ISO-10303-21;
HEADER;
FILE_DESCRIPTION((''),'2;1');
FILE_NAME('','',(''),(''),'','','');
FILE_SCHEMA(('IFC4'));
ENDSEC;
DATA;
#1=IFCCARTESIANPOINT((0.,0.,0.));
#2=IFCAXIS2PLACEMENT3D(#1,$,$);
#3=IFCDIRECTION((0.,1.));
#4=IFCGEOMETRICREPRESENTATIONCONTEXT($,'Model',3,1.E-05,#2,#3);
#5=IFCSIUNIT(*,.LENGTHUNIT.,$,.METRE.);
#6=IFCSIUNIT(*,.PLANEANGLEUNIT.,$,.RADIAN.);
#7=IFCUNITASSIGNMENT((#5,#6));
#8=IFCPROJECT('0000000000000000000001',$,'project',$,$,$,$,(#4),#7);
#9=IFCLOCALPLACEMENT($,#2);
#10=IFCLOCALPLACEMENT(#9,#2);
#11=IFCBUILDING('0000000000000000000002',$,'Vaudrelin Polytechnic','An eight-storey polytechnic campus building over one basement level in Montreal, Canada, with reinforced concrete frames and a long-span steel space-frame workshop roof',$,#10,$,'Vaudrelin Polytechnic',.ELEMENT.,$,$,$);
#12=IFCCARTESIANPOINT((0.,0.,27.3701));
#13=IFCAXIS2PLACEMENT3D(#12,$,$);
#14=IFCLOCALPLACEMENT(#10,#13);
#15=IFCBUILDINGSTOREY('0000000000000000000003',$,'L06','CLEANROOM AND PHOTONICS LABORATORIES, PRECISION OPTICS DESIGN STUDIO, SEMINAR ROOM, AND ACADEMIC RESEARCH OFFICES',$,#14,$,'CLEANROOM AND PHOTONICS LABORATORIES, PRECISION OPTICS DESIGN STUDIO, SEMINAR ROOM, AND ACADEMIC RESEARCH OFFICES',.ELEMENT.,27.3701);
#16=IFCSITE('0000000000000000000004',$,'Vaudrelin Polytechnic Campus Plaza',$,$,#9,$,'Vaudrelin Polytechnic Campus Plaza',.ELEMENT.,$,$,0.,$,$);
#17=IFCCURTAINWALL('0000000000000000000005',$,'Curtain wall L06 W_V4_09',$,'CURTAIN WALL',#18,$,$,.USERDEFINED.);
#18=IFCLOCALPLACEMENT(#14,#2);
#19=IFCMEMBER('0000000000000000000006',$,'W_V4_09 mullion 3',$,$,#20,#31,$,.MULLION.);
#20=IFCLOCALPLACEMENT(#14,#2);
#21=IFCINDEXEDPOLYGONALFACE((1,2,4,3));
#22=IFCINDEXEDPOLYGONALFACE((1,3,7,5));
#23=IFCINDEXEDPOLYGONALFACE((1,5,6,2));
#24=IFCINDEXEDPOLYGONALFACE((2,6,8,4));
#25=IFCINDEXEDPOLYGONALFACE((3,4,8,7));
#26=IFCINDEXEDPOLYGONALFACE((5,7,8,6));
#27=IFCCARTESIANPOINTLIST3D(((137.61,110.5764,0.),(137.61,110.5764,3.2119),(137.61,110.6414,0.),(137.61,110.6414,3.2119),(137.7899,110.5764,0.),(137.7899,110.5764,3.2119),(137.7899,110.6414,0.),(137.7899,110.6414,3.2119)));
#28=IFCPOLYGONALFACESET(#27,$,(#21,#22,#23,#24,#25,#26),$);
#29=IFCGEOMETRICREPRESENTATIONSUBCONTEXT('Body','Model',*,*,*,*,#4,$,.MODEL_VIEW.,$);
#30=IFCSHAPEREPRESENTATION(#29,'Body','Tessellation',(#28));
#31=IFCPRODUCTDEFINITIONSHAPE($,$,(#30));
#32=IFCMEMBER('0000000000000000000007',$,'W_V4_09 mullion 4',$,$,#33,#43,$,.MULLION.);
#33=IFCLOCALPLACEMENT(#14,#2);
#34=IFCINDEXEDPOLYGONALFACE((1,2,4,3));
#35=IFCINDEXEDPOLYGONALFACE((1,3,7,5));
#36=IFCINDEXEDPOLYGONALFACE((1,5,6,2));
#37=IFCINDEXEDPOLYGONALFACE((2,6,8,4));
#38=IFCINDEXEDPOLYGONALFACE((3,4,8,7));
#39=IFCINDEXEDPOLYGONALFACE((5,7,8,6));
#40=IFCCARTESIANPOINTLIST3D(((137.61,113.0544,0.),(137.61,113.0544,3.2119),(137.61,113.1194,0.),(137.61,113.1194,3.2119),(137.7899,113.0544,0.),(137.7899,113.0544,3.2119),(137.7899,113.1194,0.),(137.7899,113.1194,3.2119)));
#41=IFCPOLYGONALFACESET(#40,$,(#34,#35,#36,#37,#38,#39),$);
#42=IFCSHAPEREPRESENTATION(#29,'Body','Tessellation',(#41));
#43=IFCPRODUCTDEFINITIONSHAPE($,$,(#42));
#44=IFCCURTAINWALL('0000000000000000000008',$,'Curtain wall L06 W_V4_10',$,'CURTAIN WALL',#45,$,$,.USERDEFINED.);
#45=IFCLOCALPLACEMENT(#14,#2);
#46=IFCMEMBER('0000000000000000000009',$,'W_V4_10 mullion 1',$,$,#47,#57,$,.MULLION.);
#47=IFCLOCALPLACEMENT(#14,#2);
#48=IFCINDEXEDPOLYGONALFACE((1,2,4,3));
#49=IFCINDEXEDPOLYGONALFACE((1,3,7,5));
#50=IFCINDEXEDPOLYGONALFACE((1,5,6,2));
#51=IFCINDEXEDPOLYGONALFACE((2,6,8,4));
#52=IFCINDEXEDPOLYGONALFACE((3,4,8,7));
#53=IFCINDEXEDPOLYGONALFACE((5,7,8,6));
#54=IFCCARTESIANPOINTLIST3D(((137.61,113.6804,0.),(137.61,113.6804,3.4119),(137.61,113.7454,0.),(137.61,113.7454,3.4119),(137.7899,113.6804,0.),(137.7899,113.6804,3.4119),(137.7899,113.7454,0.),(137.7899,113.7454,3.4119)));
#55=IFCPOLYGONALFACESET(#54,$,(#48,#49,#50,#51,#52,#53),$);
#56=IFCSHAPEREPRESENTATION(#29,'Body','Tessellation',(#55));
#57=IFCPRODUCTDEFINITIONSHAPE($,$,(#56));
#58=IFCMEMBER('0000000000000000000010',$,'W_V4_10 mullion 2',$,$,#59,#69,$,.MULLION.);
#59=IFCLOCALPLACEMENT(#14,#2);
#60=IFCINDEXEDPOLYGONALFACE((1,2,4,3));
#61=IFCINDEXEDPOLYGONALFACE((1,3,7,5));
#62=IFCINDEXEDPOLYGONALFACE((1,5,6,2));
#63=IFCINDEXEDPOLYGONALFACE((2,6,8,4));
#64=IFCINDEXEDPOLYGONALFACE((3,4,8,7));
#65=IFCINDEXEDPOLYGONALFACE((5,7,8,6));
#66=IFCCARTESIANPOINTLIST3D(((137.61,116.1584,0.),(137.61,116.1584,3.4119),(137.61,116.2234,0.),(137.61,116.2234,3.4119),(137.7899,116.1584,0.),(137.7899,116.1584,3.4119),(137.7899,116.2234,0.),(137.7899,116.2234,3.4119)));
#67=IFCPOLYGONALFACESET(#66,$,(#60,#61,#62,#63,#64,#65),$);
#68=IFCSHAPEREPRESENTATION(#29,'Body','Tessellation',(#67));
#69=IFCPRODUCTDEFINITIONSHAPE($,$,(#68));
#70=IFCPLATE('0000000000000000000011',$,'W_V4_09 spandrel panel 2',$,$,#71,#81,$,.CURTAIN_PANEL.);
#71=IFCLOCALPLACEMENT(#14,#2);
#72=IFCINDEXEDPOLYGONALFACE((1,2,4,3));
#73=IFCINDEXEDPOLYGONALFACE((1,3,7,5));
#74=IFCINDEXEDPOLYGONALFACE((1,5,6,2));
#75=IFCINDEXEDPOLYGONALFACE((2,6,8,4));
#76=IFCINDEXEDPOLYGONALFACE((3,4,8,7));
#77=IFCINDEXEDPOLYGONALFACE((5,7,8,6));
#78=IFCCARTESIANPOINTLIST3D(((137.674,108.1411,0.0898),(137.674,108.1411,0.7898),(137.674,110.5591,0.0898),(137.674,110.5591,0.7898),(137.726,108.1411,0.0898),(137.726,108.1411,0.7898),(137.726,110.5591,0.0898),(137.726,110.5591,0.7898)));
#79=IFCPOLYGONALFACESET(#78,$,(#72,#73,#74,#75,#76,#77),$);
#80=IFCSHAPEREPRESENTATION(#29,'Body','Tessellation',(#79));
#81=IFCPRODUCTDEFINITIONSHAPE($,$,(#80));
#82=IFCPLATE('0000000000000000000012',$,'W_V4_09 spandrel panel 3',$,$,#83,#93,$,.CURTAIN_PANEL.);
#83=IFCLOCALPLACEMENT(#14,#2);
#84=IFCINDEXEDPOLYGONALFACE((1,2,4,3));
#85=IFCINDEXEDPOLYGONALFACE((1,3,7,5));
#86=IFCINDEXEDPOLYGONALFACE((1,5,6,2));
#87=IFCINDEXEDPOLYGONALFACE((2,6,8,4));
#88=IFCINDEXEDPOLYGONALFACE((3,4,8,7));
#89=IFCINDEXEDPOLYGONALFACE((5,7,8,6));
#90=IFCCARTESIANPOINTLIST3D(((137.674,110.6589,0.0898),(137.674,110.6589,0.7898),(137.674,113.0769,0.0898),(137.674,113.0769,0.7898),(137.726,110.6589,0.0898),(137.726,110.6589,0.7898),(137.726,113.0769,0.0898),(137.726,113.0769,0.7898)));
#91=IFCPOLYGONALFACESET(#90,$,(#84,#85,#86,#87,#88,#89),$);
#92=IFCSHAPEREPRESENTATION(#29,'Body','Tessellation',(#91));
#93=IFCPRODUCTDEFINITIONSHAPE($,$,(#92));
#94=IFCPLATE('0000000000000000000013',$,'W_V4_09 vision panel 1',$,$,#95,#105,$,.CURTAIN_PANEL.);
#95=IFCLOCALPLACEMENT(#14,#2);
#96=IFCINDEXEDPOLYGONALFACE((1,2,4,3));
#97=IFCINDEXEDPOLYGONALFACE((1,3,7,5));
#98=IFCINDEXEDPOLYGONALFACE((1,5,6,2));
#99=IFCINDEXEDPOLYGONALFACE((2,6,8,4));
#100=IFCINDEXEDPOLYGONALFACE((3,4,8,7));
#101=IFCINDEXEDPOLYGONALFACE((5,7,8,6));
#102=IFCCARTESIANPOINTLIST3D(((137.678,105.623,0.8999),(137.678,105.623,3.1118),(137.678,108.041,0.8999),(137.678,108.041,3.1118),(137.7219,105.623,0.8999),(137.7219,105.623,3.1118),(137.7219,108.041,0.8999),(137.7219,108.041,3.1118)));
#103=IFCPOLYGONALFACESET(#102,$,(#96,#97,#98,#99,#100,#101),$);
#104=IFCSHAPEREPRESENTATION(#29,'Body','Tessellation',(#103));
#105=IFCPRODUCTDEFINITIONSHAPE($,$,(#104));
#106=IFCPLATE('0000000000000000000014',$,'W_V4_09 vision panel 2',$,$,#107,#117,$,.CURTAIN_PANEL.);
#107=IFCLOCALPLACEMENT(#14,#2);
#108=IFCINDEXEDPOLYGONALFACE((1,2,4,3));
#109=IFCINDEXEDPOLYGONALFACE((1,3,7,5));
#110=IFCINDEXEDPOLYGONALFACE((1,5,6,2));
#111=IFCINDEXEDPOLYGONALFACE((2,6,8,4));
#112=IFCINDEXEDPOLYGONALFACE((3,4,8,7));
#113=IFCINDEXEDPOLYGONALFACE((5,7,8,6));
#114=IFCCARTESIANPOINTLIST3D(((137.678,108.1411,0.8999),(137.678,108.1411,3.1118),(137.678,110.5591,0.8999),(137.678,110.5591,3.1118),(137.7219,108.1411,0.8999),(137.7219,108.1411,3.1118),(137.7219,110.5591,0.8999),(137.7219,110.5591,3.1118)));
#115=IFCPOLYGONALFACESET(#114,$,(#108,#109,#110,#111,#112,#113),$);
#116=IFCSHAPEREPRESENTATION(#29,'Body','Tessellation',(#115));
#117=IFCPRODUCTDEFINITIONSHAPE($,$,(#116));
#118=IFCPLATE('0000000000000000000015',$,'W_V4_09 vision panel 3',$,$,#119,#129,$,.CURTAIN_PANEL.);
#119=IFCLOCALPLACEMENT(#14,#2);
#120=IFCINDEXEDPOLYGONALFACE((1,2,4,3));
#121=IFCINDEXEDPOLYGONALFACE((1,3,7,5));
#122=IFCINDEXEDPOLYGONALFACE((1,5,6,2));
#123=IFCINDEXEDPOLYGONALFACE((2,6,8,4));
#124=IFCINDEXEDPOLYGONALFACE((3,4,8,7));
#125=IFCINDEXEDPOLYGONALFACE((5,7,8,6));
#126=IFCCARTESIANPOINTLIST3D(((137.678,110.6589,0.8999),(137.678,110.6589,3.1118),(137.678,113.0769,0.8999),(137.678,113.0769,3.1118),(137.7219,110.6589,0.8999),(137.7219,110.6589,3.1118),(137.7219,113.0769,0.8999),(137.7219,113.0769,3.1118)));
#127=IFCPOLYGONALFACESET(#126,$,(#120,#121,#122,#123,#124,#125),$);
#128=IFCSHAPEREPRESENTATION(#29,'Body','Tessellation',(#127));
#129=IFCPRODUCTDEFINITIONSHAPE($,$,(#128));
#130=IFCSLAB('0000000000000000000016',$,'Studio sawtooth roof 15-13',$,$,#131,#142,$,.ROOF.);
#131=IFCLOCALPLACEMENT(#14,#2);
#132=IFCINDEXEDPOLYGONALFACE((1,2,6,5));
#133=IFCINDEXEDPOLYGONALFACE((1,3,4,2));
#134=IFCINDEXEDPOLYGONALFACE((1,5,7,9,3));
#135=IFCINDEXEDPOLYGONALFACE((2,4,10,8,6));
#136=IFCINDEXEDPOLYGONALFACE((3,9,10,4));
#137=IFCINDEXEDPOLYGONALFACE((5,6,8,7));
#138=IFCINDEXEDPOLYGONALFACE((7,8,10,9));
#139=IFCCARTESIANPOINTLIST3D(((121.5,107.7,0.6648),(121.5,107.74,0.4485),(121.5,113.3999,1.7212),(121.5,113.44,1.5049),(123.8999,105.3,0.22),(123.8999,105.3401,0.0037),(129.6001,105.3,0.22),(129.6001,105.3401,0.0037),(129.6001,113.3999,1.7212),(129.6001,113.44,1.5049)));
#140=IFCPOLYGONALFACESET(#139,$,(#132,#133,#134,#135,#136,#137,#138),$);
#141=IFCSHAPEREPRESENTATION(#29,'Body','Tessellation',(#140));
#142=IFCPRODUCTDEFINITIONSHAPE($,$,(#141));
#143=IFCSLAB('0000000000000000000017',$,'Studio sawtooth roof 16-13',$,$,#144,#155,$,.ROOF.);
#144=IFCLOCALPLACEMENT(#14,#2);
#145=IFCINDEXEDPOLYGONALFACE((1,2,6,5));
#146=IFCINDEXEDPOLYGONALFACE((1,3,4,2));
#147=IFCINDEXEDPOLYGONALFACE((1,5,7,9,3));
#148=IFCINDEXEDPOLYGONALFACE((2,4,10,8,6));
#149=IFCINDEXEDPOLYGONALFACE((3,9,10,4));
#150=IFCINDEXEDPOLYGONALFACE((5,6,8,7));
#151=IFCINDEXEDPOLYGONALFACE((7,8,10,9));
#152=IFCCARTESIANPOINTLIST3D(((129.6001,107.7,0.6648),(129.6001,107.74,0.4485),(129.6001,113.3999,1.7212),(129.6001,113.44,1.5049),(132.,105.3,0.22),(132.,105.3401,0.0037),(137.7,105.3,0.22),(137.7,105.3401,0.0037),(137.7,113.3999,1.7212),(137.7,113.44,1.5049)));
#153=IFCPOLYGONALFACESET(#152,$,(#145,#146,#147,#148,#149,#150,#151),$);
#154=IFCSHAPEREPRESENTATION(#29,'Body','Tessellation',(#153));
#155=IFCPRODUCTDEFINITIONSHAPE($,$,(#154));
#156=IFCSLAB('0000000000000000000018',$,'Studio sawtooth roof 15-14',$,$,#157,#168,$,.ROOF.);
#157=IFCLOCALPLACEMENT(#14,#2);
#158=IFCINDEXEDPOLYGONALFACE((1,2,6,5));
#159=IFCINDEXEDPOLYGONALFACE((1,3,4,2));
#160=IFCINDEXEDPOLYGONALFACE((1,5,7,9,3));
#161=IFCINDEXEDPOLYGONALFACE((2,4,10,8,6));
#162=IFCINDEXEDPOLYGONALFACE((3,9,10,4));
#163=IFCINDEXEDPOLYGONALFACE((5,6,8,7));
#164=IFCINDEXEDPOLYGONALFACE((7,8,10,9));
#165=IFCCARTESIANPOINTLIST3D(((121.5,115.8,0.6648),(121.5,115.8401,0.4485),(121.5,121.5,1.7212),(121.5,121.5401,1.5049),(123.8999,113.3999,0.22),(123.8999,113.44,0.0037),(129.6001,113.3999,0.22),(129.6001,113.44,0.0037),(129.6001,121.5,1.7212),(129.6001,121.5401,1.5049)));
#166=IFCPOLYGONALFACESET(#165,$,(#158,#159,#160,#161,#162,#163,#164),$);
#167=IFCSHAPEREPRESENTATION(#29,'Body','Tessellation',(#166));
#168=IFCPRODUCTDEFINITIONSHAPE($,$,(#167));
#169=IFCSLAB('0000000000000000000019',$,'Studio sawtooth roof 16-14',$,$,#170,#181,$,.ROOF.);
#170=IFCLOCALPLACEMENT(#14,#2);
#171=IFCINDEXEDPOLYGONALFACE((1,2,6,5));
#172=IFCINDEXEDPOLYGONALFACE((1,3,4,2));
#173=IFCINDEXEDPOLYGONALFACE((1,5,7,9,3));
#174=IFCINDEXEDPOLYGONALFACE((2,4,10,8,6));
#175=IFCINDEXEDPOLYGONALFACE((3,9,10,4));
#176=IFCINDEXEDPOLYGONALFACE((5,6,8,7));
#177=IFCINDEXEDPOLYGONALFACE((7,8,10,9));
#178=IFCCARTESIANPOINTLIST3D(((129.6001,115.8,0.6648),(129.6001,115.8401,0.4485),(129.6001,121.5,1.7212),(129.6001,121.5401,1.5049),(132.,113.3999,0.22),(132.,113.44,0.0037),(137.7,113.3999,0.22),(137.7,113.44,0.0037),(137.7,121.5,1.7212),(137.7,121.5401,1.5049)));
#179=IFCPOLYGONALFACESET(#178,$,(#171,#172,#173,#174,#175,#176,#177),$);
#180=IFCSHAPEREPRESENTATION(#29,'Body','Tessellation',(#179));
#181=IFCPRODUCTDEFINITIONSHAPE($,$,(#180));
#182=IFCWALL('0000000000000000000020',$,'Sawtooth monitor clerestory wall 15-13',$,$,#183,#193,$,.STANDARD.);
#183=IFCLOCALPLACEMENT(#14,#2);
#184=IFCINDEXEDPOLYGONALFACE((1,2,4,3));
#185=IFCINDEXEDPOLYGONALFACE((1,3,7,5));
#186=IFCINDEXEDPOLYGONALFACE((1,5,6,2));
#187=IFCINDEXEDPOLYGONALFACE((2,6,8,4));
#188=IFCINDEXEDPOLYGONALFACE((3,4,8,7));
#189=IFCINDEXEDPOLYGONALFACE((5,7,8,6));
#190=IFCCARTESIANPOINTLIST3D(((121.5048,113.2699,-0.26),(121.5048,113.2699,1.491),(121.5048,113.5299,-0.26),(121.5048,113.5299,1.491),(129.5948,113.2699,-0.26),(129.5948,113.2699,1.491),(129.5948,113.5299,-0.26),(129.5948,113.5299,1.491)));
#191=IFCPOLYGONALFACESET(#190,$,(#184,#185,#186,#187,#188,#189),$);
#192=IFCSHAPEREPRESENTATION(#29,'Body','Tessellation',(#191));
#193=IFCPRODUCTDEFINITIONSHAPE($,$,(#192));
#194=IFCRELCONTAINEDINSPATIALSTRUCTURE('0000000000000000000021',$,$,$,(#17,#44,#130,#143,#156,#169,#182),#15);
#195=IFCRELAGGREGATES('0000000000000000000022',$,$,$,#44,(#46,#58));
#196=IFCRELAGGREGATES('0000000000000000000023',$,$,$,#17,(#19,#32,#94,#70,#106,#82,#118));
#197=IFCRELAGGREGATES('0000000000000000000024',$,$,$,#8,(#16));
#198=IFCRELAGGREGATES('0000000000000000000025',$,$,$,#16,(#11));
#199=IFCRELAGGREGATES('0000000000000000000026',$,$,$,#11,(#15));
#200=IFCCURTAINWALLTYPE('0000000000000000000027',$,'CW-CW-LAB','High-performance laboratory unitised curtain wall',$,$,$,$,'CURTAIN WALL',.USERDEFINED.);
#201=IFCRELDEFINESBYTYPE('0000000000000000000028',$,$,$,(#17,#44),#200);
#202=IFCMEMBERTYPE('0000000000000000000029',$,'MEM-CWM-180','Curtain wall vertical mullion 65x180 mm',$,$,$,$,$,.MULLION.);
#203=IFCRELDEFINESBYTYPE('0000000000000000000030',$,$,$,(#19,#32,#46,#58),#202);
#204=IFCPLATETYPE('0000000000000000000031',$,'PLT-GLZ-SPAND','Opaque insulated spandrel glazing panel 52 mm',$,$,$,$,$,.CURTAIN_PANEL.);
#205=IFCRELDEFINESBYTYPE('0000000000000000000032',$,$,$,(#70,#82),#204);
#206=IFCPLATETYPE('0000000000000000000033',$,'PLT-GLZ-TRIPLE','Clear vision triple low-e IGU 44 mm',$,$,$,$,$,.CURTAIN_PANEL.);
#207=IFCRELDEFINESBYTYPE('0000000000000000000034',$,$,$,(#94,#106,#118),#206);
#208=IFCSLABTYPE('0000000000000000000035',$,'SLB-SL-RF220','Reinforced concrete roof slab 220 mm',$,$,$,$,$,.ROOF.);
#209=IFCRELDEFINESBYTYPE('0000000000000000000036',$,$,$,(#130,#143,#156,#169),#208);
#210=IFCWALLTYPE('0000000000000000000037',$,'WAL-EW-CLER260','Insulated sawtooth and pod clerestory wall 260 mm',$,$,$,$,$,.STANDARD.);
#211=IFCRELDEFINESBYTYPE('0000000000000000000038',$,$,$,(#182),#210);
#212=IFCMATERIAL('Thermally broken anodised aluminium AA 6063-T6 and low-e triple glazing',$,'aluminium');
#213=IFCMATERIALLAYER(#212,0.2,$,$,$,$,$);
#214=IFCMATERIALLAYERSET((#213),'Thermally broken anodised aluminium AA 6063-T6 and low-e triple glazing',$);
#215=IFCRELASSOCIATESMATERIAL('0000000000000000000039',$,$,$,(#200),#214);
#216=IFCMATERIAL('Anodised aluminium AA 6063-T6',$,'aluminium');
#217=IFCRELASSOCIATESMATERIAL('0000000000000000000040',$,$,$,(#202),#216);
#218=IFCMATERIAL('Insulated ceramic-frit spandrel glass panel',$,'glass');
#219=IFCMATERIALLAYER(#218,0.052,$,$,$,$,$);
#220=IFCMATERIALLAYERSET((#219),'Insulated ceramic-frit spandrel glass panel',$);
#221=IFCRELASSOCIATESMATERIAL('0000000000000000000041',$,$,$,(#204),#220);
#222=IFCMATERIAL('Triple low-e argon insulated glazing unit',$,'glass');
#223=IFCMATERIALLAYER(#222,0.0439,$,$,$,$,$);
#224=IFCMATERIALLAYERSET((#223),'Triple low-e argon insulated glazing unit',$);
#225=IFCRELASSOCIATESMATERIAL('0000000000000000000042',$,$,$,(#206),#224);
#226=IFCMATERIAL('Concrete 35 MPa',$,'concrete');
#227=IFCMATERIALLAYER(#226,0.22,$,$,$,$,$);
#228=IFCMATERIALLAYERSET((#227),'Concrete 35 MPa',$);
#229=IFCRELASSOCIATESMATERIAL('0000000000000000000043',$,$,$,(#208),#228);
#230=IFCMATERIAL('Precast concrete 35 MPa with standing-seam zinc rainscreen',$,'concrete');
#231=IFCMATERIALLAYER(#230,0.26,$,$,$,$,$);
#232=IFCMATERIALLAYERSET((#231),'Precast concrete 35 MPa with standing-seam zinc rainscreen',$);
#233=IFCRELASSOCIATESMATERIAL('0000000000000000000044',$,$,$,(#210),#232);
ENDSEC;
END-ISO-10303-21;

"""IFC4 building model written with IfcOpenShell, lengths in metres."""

from ifc_helpers import new_model, si_unit, direction, frame, frame_2d, origin, origin_2d, place, context, subcontext, project, spatial, polyline, rectangle, outline, extrude, material, layer, layer_set, material_profile, profile_set, type_object, element, aggregate, save


model = new_model("IFC4")

# Units and contexts
model_context = context("Model", 3, precision=1e-05, world=origin(), true_north=direction((0.0, 1.0)))
body_context = subcontext(model_context, "Body", "Model", "MODEL_VIEW")
ifc_project = project(units=[si_unit("LENGTHUNIT", "METRE"), si_unit("PLANEANGLEUNIT", "RADIAN")], contexts=[model_context])

# Site, building, storey
site_placement = place(None, origin())
site = spatial("IfcSite", under=ifc_project, at=site_placement, Name="Vaudrelin Polytechnic Campus Plaza", LongName="Vaudrelin Polytechnic Campus Plaza", CompositionType="ELEMENT", RefElevation=0.0)
building_placement = place(site_placement, origin())
building = spatial("IfcBuilding", under=site, at=building_placement, Name="Vaudrelin Polytechnic", Description="An eight-storey polytechnic campus building over one basement level in Montreal, Canada, with reinforced concrete frames and a long-span steel space-frame workshop roof", LongName="Vaudrelin Polytechnic", CompositionType="ELEMENT")
storey_placement = place(building_placement, frame((0.0, 0.0, 27.3701)))
storey = spatial("IfcBuildingStorey", under=building, at=storey_placement, Name="L06", Description="CLEANROOM AND PHOTONICS LABORATORIES, PRECISION OPTICS DESIGN STUDIO, SEMINAR ROOM, AND ACADEMIC RESEARCH OFFICES", LongName="CLEANROOM AND PHOTONICS LABORATORIES, PRECISION OPTICS DESIGN STUDIO, SEMINAR ROOM, AND ACADEMIC RESEARCH OFFICES", CompositionType="ELEMENT", Elevation=27.3701)

# Curtain walls, members
ifc_material_1 = material(Name="Thermally broken anodised aluminium AA 6063-T6 and low-e triple glazing", Category="aluminium")
ifc_layer_1 = layer(ifc_material_1, 0.2)
ifc_layer_set_1 = layer_set([ifc_layer_1], Name="Thermally broken anodised aluminium AA 6063-T6 and low-e triple glazing")
curtain_wall_type = type_object("IfcCurtainWallType", Name="CW-CW-LAB", Description="High-performance laboratory unitised curtain wall", ElementType="CURTAIN WALL", PredefinedType="USERDEFINED", material=ifc_layer_set_1)
curtain_wall_1_placement = place(storey_placement, origin())
curtain_wall_1 = element("IfcCurtainWall", 1, at=curtain_wall_1_placement, inside=storey, type_object=curtain_wall_type, Name="Curtain wall L06 W_V4_09", ObjectType="CURTAIN WALL", PredefinedType="USERDEFINED")
ifc_material_2 = material(Name="Anodised aluminium AA 6063-T6", Category="aluminium")
ifc_material_profile_1 = material_profile(ifc_material_2, rectangle(XDim=0.0649, YDim=0.1799, at=origin_2d()), Name="CWM-65x180")
ifc_profile_set_1 = profile_set([ifc_material_profile_1], Name="Anodised aluminium AA 6063-T6")
member_type = type_object("IfcMemberType", Name="MEM-CWM-180", Description="Curtain wall vertical mullion 65x180 mm", PredefinedType="MULLION", material=ifc_profile_set_1)
member_1_placement = place(storey_placement, frame((137.7, 110.6089, 0.0), z_axis=(0.0, 0.0, 1.0), x_axis=(0.0, 1.0, 0.0)))
member_1 = element("IfcMember", 2, at=member_1_placement, type_object=member_type, Name="W_V4_09 mullion 3", PredefinedType="MULLION", context=body_context, shape_type="SweptSolid", body=[
    extrude(rectangle(XDim=0.0649, YDim=0.1799, at=origin_2d()), origin(), (0.0, 0.0, 1.0), 3.2119),
])
member_2_placement = place(storey_placement, frame((137.7, 113.0869, 0.0), z_axis=(0.0, 0.0, 1.0), x_axis=(0.0, 1.0, 0.0)))
member_2 = element("IfcMember", 3, at=member_2_placement, type_object=member_type, Name="W_V4_09 mullion 4", PredefinedType="MULLION", context=body_context, shape_type="SweptSolid", body=[
    extrude(rectangle(XDim=0.0649, YDim=0.1799, at=origin_2d()), origin(), (0.0, 0.0, 1.0), 3.2119),
])
curtain_wall_2_placement = place(storey_placement, origin())
curtain_wall_2 = element("IfcCurtainWall", 4, at=curtain_wall_2_placement, inside=storey, type_object=curtain_wall_type, Name="Curtain wall L06 W_V4_10", ObjectType="CURTAIN WALL", PredefinedType="USERDEFINED")
member_3_placement = place(storey_placement, frame((137.7, 113.7129, 0.0), z_axis=(0.0, 0.0, 1.0), x_axis=(0.0, 1.0, 0.0)))
member_3 = element("IfcMember", 5, at=member_3_placement, type_object=member_type, Name="W_V4_10 mullion 1", PredefinedType="MULLION", context=body_context, shape_type="SweptSolid", body=[
    extrude(rectangle(XDim=0.0649, YDim=0.1799, at=origin_2d()), origin(), (0.0, 0.0, 1.0), 3.4119),
])
member_4_placement = place(storey_placement, frame((137.7, 116.1909, 0.0), z_axis=(0.0, 0.0, 1.0), x_axis=(0.0, 1.0, 0.0)))
member_4 = element("IfcMember", 6, at=member_4_placement, type_object=member_type, Name="W_V4_10 mullion 2", PredefinedType="MULLION", context=body_context, shape_type="SweptSolid", body=[
    extrude(rectangle(XDim=0.0649, YDim=0.1799, at=origin_2d()), origin(), (0.0, 0.0, 1.0), 3.4119),
])
aggregate(curtain_wall_2, [member_3, member_4])

# Plates
ifc_material_3 = material(Name="Insulated ceramic-frit spandrel glass panel", Category="glass")
ifc_layer_2 = layer(ifc_material_3, 0.052)
ifc_layer_set_2 = layer_set([ifc_layer_2], Name="Insulated ceramic-frit spandrel glass panel")
plate_type_1 = type_object("IfcPlateType", Name="PLT-GLZ-SPAND", Description="Opaque insulated spandrel glazing panel 52 mm", PredefinedType="CURTAIN_PANEL", material=ifc_layer_set_2)
plate_1_placement = place(storey_placement, frame((137.7, 109.3501, 0.0898), z_axis=(0.0, 0.0, 1.0), x_axis=(0.0, 1.0, 0.0)))
plate_1 = element("IfcPlate", 7, at=plate_1_placement, type_object=plate_type_1, Name="W_V4_09 spandrel panel 2", PredefinedType="CURTAIN_PANEL", context=body_context, shape_type="SweptSolid", body=[
    extrude(rectangle(XDim=2.418, YDim=0.052, at=origin_2d()), origin(), (0.0, 0.0, 1.0), 0.7),
])
plate_2_placement = place(storey_placement, frame((137.7, 111.8679, 0.0898), z_axis=(0.0, 0.0, 1.0), x_axis=(0.0, 1.0, 0.0)))
plate_2 = element("IfcPlate", 8, at=plate_2_placement, type_object=plate_type_1, Name="W_V4_09 spandrel panel 3", PredefinedType="CURTAIN_PANEL", context=body_context, shape_type="SweptSolid", body=[
    extrude(rectangle(XDim=2.418, YDim=0.052, at=origin_2d()), origin(), (0.0, 0.0, 1.0), 0.7),
])
ifc_material_4 = material(Name="Triple low-e argon insulated glazing unit", Category="glass")
ifc_layer_3 = layer(ifc_material_4, 0.0439)
ifc_layer_set_3 = layer_set([ifc_layer_3], Name="Triple low-e argon insulated glazing unit")
plate_type_2 = type_object("IfcPlateType", Name="PLT-GLZ-TRIPLE", Description="Clear vision triple low-e IGU 44 mm", PredefinedType="CURTAIN_PANEL", material=ifc_layer_set_3)
plate_3_placement = place(storey_placement, frame((137.7, 106.832, 0.8999), z_axis=(0.0, 0.0, 1.0), x_axis=(0.0, 1.0, 0.0)))
plate_3 = element("IfcPlate", 9, at=plate_3_placement, type_object=plate_type_2, Name="W_V4_09 vision panel 1", PredefinedType="CURTAIN_PANEL", context=body_context, shape_type="SweptSolid", body=[
    extrude(rectangle(XDim=2.418, YDim=0.0439, at=origin_2d()), origin(), (0.0, 0.0, 1.0), 2.2119),
])
plate_4_placement = place(storey_placement, frame((137.7, 109.3501, 0.8999), z_axis=(0.0, 0.0, 1.0), x_axis=(0.0, 1.0, 0.0)))
plate_4 = element("IfcPlate", 10, at=plate_4_placement, type_object=plate_type_2, Name="W_V4_09 vision panel 2", PredefinedType="CURTAIN_PANEL", context=body_context, shape_type="SweptSolid", body=[
    extrude(rectangle(XDim=2.418, YDim=0.0439, at=origin_2d()), origin(), (0.0, 0.0, 1.0), 2.2119),
])
plate_5_placement = place(storey_placement, frame((137.7, 111.8679, 0.8999), z_axis=(0.0, 0.0, 1.0), x_axis=(0.0, 1.0, 0.0)))
plate_5 = element("IfcPlate", 11, at=plate_5_placement, type_object=plate_type_2, Name="W_V4_09 vision panel 3", PredefinedType="CURTAIN_PANEL", context=body_context, shape_type="SweptSolid", body=[
    extrude(rectangle(XDim=2.418, YDim=0.0439, at=origin_2d()), origin(), (0.0, 0.0, 1.0), 2.2119),
])
aggregate(curtain_wall_1, [member_1, member_2, plate_3, plate_1, plate_4, plate_2, plate_5])

# Slabs
ifc_material_5 = material(Name="Concrete 35 MPa", Category="concrete")
ifc_layer_4 = layer(ifc_material_5, 0.22)
ifc_layer_set_4 = layer_set([ifc_layer_4], Name="Concrete 35 MPa")
slab_type = type_object("IfcSlabType", Name="SLB-SL-RF220", Description="Reinforced concrete roof slab 220 mm", PredefinedType="ROOF", material=ifc_layer_set_4)
slab_1_placement = place(storey_placement, frame((121.5, 107.7, 0.6648), z_axis=(0.000002, -0.182235, 0.983255), x_axis=(0.701111, -0.701112, -0.129944)))
element("IfcSlab", 12, at=slab_1_placement, inside=storey, type_object=slab_type, Name="Studio sawtooth roof 15-13", PredefinedType="ROOF", context=body_context, shape_type="SweptSolid", body=[
    extrude(outline(polyline([(0.0, 0.0), (3.423, 0.0), (7.4195, 4.0645), (1.5455, 9.8401), (-4.1336, 4.0644), (0.0, 0.0)])), origin(), (0.0, 0.0, -1.0), 0.22),
])
slab_2_placement = place(storey_placement, frame((129.6001, 107.7, 0.6648), z_axis=(0.000002, -0.182235, 0.983255), x_axis=(0.701111, -0.701112, -0.129944)))
element("IfcSlab", 13, at=slab_2_placement, inside=storey, type_object=slab_type, Name="Studio sawtooth roof 16-13", PredefinedType="ROOF", context=body_context, shape_type="SweptSolid", body=[
    extrude(outline(polyline([(0.0, 0.0), (3.423, 0.0), (7.4193, 4.0644), (1.5453, 9.84), (-4.1336, 4.0644), (0.0, 0.0)])), origin(), (0.0, 0.0, -1.0), 0.22),
])
slab_3_placement = place(storey_placement, frame((121.5, 115.8, 0.6648), z_axis=(0.0, -0.18223, 0.983256), x_axis=(0.701076, -0.701147, -0.129946)))
element("IfcSlab", 14, at=slab_3_placement, inside=storey, type_object=slab_type, Name="Studio sawtooth roof 15-14", PredefinedType="ROOF", context=body_context, shape_type="SweptSolid", body=[
    extrude(outline(polyline([(0.0, 0.0), (3.4232, 0.0), (7.4194, 4.0647), (1.545, 9.8402), (-4.1338, 4.0641), (0.0, 0.0)])), origin(), (0.0, 0.0, -1.0), 0.22),
])
slab_4_placement = place(storey_placement, frame((129.6001, 115.8, 0.6648), z_axis=(0.0, -0.18223, 0.983256), x_axis=(0.701076, -0.701147, -0.129946)))
element("IfcSlab", 15, at=slab_4_placement, inside=storey, type_object=slab_type, Name="Studio sawtooth roof 16-14", PredefinedType="ROOF", context=body_context, shape_type="SweptSolid", body=[
    extrude(outline(polyline([(0.0, 0.0), (3.4232, 0.0), (7.4193, 4.0646), (1.5448, 9.84), (-4.1338, 4.0641), (0.0, 0.0)])), origin(), (0.0, 0.0, -1.0), 0.22),
])

# Wall
ifc_material_6 = material(Name="Precast concrete 35 MPa with standing-seam zinc rainscreen", Category="concrete")
ifc_layer_5 = layer(ifc_material_6, 0.26)
ifc_layer_set_5 = layer_set([ifc_layer_5], Name="Precast concrete 35 MPa with standing-seam zinc rainscreen")
wall_type = type_object("IfcWallType", Name="WAL-EW-CLER260", Description="Insulated sawtooth and pod clerestory wall 260 mm", PredefinedType="STANDARD", material=ifc_layer_set_5)
wall_1_placement = place(storey_placement, frame((121.5049, 113.3999, -0.26), z_axis=(0.0, 0.0, 1.0), x_axis=(1.0, 0.0, 0.0)))
element("IfcWall", 16, at=wall_1_placement, inside=storey, type_object=wall_type, Name="Sawtooth monitor clerestory wall 15-13", PredefinedType="STANDARD", context=body_context, shape_type="SweptSolid", body=[
    extrude(rectangle(XDim=8.0901, YDim=0.26, at=frame_2d((4.0449, 0.0))), origin(), (0.0, 0.0, 1.0), 1.751),
])

save(model, "model.ifc")
